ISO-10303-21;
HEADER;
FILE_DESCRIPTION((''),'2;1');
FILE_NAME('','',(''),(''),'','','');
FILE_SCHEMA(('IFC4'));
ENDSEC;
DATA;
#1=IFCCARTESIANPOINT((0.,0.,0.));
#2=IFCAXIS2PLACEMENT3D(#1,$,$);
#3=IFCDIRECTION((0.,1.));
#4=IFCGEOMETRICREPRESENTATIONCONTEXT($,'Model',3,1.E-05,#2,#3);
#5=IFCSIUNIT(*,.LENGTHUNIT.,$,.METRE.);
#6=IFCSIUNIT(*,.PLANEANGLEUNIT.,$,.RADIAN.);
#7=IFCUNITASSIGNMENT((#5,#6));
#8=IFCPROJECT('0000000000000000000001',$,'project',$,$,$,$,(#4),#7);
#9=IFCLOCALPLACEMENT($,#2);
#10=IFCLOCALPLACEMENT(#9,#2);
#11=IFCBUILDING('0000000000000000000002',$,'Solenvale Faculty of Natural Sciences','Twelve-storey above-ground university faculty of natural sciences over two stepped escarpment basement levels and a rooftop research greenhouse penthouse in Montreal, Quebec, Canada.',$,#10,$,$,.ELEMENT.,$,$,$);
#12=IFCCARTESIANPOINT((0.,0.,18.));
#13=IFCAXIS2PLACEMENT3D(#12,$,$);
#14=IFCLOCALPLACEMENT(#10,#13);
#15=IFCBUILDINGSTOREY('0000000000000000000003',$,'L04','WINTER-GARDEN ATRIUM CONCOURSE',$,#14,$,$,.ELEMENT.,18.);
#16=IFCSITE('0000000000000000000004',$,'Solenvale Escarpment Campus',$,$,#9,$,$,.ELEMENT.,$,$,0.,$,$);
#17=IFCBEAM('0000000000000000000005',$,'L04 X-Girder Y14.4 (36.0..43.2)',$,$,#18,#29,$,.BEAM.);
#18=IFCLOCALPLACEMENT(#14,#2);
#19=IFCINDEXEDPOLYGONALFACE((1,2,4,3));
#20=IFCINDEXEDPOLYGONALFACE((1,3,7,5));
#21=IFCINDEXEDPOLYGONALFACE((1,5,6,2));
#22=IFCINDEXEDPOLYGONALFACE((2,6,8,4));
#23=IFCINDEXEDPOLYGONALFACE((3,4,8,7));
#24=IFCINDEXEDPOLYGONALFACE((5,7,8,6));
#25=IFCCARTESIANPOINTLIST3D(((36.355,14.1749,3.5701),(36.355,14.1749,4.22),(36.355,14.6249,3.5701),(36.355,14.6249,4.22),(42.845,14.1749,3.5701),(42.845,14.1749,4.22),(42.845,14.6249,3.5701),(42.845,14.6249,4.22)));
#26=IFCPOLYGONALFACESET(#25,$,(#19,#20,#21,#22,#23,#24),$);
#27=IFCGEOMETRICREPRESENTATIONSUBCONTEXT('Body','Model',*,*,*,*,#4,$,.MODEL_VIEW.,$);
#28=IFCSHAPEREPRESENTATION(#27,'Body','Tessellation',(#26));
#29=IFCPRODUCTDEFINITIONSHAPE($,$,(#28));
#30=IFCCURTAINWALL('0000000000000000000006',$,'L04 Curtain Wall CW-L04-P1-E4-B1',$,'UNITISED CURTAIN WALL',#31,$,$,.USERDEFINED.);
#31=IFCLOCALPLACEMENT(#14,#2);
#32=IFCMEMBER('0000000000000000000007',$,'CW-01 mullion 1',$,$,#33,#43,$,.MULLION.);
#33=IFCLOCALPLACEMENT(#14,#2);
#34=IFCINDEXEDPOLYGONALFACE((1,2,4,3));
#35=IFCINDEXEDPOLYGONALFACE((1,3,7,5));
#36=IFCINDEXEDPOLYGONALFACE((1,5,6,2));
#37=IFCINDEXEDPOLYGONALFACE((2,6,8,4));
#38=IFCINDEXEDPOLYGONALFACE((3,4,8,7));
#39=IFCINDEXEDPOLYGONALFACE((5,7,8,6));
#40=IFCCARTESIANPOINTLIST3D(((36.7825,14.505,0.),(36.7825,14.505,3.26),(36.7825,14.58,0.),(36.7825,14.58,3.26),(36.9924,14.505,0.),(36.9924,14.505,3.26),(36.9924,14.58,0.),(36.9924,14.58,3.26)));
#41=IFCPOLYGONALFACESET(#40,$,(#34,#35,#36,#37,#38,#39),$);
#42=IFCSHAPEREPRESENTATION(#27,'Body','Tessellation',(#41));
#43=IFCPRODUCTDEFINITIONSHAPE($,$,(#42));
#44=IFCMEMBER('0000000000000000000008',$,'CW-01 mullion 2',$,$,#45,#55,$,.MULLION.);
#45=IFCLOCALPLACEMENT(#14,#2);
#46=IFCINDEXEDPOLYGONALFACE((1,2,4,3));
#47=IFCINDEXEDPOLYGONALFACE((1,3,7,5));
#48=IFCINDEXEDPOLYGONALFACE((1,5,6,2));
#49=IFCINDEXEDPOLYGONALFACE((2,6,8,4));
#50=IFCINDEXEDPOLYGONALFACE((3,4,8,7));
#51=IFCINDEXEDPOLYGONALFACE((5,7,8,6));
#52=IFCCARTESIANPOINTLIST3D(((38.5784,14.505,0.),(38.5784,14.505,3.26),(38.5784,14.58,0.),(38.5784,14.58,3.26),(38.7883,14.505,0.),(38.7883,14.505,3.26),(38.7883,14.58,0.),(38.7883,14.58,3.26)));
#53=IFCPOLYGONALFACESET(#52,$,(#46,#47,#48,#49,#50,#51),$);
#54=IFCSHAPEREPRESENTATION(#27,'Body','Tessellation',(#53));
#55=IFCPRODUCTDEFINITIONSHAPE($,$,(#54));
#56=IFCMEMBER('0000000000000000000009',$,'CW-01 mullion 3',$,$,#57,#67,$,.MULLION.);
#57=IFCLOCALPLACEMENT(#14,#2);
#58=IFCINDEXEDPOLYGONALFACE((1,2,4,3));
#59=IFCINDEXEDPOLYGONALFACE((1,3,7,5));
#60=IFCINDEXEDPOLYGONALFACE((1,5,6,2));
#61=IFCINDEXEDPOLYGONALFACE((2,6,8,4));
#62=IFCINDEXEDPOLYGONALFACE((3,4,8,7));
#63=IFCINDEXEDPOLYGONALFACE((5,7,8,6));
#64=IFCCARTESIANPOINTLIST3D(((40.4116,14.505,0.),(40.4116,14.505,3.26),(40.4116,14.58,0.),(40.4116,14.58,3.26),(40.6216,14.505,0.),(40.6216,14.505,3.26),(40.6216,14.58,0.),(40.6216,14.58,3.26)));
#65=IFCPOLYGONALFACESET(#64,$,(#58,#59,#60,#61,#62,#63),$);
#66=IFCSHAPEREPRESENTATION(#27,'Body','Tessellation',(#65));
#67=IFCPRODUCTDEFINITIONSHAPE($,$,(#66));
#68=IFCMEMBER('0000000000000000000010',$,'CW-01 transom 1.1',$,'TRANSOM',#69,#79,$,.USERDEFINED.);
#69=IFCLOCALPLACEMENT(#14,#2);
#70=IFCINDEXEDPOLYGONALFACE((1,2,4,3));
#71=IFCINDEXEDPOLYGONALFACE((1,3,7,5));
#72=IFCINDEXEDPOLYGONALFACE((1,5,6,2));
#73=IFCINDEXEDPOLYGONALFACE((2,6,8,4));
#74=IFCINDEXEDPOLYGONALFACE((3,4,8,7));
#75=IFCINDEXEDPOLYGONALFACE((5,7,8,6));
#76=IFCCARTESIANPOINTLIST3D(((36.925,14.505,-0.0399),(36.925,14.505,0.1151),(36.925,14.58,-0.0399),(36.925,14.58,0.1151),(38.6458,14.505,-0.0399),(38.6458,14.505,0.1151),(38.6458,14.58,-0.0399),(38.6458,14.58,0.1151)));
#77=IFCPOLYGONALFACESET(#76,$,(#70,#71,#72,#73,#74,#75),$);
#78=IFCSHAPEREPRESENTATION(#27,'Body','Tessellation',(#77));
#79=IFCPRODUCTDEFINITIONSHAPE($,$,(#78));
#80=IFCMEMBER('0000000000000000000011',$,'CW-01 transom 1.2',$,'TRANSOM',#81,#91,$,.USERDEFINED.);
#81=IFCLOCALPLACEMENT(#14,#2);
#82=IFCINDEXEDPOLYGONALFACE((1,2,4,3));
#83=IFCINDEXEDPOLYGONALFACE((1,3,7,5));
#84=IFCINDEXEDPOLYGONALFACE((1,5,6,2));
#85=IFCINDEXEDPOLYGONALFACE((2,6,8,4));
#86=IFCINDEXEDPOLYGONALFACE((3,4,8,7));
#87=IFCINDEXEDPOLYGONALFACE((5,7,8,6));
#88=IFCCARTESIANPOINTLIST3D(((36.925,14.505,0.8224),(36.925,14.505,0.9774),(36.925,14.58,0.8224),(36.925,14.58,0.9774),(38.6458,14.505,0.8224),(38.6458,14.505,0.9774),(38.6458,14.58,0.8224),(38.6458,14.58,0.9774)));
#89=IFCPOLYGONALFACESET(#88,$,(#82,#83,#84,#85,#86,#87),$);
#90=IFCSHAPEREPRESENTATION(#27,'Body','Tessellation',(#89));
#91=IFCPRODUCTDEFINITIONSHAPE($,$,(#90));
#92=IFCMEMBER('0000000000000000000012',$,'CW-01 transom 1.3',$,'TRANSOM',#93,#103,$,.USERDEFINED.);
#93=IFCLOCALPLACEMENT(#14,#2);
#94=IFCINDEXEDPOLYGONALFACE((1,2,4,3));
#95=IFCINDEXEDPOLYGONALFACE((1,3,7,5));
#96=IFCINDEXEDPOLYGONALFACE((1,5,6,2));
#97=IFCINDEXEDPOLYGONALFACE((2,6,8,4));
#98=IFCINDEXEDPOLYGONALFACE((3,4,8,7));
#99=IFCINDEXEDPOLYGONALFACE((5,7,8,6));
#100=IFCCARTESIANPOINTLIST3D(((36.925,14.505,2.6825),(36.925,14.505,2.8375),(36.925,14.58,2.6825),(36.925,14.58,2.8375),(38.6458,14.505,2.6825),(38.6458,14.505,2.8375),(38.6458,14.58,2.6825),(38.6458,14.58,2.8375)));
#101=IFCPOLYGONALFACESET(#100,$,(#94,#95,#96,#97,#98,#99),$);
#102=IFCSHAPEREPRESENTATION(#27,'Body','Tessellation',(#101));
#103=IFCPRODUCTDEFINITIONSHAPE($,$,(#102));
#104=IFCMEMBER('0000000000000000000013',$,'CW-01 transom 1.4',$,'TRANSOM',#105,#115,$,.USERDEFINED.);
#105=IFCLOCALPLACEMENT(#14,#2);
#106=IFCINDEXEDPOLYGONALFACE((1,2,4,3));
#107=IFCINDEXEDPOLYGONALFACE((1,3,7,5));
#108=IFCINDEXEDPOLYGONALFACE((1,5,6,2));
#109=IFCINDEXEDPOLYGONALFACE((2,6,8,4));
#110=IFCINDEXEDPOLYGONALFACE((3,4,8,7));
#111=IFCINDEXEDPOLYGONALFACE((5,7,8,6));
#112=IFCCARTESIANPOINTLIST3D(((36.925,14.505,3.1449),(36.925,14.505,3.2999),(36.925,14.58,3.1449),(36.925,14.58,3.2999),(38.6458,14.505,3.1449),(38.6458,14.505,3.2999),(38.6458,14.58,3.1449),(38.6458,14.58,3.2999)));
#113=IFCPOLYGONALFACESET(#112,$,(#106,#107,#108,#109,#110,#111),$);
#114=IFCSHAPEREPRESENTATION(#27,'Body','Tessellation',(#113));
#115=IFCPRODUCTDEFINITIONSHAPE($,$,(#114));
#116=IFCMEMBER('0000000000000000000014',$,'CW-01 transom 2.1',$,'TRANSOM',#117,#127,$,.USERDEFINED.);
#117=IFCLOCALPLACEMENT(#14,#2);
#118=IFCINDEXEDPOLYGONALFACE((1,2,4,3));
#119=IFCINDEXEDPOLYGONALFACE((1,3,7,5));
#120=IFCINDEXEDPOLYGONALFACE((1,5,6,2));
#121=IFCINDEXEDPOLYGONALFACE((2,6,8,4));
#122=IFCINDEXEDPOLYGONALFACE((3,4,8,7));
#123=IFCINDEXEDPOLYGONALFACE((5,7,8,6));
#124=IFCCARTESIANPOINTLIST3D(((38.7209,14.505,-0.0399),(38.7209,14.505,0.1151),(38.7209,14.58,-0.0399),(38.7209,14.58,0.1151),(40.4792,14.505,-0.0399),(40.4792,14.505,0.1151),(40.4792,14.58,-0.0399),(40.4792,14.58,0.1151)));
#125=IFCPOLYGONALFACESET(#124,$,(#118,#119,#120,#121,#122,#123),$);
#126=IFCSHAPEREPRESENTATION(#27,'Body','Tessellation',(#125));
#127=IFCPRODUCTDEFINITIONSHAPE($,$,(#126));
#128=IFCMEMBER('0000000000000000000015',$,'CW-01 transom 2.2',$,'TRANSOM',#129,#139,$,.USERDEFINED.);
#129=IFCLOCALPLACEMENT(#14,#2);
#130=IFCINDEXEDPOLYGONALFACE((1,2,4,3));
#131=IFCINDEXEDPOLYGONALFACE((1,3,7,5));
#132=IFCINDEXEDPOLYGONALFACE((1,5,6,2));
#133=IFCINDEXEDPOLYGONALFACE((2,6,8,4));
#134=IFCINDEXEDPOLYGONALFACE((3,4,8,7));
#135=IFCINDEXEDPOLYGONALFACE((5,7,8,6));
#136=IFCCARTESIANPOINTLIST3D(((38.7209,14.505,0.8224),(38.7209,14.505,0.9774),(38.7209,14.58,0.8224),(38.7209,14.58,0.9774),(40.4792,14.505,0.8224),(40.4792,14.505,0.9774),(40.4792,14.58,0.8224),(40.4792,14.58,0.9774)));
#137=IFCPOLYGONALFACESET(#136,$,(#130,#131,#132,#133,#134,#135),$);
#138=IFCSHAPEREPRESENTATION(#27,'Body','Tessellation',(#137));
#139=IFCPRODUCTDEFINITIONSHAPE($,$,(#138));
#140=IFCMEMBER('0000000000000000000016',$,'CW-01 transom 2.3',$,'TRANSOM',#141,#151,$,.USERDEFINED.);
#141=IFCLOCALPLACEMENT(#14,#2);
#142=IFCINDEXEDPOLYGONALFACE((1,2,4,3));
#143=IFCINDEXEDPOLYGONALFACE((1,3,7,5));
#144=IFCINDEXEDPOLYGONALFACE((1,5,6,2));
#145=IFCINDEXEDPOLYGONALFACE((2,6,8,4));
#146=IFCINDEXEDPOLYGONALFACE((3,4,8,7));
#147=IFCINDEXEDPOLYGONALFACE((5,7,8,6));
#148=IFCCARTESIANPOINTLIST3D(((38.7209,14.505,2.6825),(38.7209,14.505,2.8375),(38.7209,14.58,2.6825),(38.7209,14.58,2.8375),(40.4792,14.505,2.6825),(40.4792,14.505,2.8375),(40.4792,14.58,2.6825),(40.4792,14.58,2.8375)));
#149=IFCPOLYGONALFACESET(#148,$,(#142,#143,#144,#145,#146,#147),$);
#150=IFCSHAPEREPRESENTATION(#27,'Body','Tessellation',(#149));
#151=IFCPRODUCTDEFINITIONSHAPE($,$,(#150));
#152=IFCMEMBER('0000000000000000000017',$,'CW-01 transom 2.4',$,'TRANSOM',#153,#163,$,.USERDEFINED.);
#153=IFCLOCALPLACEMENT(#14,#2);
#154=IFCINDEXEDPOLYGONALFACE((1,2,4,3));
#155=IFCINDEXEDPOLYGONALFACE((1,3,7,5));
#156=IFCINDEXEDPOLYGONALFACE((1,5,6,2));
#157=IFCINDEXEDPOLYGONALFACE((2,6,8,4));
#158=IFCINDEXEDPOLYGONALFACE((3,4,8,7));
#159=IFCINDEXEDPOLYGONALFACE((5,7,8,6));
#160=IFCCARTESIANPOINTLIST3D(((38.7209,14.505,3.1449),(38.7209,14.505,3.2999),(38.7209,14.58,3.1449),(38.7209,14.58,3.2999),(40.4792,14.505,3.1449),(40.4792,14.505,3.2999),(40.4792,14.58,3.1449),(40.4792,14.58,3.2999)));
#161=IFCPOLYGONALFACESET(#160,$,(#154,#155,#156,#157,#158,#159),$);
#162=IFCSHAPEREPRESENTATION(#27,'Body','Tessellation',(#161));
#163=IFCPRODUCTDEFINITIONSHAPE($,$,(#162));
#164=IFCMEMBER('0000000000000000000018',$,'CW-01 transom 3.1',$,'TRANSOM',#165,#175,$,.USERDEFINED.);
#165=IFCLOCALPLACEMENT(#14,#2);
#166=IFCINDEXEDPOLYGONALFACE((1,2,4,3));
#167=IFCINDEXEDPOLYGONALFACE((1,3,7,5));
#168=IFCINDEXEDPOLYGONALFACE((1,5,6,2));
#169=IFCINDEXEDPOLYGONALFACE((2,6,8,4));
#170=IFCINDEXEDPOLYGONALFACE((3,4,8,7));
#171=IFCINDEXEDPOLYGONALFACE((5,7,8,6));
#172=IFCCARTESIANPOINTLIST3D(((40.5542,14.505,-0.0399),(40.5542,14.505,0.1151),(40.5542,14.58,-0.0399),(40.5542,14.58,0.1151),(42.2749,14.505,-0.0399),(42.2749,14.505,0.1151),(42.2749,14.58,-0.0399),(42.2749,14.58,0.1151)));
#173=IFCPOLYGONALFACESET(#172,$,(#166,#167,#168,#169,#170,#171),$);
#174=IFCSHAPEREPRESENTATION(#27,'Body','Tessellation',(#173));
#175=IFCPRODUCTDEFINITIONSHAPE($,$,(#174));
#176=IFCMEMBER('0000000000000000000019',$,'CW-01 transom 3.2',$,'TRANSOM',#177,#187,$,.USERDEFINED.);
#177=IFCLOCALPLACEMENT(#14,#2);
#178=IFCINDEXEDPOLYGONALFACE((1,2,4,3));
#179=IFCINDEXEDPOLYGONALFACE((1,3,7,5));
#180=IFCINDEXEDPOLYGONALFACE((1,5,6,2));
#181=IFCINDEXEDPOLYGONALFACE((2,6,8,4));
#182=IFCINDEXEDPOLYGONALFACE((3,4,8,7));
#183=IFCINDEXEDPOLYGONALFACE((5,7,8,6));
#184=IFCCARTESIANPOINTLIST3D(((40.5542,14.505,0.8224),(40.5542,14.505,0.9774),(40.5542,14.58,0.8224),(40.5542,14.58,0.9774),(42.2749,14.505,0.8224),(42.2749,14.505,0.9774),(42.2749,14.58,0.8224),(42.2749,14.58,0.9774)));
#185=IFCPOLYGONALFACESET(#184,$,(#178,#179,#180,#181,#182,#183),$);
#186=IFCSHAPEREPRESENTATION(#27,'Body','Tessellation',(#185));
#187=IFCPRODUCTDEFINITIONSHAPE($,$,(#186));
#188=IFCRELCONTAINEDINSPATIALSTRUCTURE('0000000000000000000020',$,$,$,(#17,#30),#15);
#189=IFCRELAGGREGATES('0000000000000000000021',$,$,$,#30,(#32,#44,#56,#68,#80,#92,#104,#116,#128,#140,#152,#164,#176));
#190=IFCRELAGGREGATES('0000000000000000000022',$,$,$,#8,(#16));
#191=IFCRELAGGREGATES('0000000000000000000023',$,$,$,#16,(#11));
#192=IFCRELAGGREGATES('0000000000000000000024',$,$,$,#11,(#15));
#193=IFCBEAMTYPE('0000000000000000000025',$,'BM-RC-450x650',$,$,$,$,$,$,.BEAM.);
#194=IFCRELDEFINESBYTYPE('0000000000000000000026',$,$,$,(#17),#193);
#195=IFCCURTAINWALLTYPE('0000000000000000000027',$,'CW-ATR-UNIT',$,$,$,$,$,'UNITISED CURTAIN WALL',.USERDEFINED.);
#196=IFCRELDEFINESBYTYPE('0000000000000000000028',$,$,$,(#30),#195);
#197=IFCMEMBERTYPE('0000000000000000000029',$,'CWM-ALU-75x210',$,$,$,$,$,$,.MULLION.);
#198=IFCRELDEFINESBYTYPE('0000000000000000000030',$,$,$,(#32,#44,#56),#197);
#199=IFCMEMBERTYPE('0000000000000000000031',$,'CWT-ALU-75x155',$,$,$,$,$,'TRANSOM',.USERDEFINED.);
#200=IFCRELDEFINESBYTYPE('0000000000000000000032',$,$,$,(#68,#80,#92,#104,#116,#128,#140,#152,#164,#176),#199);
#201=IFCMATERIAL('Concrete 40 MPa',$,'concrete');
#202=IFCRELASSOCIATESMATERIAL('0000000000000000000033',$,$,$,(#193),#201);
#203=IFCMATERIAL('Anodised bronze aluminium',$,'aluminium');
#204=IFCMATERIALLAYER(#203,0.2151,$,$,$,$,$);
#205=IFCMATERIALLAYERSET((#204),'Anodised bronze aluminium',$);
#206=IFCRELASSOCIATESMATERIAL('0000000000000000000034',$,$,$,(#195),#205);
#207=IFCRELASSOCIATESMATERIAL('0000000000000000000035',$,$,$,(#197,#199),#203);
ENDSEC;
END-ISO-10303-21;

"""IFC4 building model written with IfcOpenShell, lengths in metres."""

from ifc_helpers import new_model, si_unit, direction, frame, origin, origin_2d, place, context, subcontext, project, spatial, rectangle, extrude, material, layer, layer_set, material_profile, profile_set, type_object, element, aggregate, save


model = new_model("IFC4")

# Units and contexts
model_context = context("Model", 3, precision=1e-05, world=origin(), true_north=direction((0.0, 1.0)))
body_context = subcontext(model_context, "Body", "Model", "MODEL_VIEW")
ifc_project = project(units=[si_unit("LENGTHUNIT", "METRE"), si_unit("PLANEANGLEUNIT", "RADIAN")], contexts=[model_context])

# Site, building, storey
site_placement = place(None, origin())
site = spatial("IfcSite", under=ifc_project, at=site_placement, Name="Solenvale Escarpment Campus", CompositionType="ELEMENT", RefElevation=0.0)
building_placement = place(site_placement, origin())
building = spatial("IfcBuilding", under=site, at=building_placement, Name="Solenvale Faculty of Natural Sciences", Description="Twelve-storey above-ground university faculty of natural sciences over two stepped escarpment basement levels and a rooftop research greenhouse penthouse in Montreal, Quebec, Canada.", CompositionType="ELEMENT")
storey_placement = place(building_placement, frame((0.0, 0.0, 18.0)))
storey = spatial("IfcBuildingStorey", under=building, at=storey_placement, Name="L04", Description="WINTER-GARDEN ATRIUM CONCOURSE", CompositionType="ELEMENT", Elevation=18.0)

# Beam
ifc_material_1 = material(Name="Concrete 40 MPa", Category="concrete")
ifc_material_profile_1 = material_profile(ifc_material_1, rectangle(XDim=0.45, YDim=0.6499, at=origin_2d()), Name="RC-BM-450x650")
ifc_profile_set_1 = profile_set([ifc_material_profile_1], Name="Concrete 40 MPa")
beam_type = type_object("IfcBeamType", Name="BM-RC-450x650", PredefinedType="BEAM", material=ifc_profile_set_1)
beam_placement = place(storey_placement, frame((36.355, 14.3999, 3.895), z_axis=(1.0, 0.0, 0.0), x_axis=(0.0, 1.0, 0.0)))
element("IfcBeam", 1, at=beam_placement, inside=storey, type_object=beam_type, Name="L04 X-Girder Y14.4 (36.0..43.2)", PredefinedType="BEAM", context=body_context, shape_type="SweptSolid", body=[
    extrude(rectangle(XDim=0.45, YDim=0.6499, at=origin_2d()), origin(), (0.0, 0.0, 1.0), 6.49),
])

# Curtain wall, members
ifc_material_2 = material(Name="Anodised bronze aluminium", Category="aluminium")
ifc_layer_1 = layer(ifc_material_2, 0.2151)
ifc_layer_set_1 = layer_set([ifc_layer_1], Name="Anodised bronze aluminium")
curtain_wall_type = type_object("IfcCurtainWallType", Name="CW-ATR-UNIT", ElementType="UNITISED CURTAIN WALL", PredefinedType="USERDEFINED", material=ifc_layer_set_1)
curtain_wall_placement = place(storey_placement, origin())
curtain_wall = element("IfcCurtainWall", 2, at=curtain_wall_placement, inside=storey, type_object=curtain_wall_type, Name="L04 Curtain Wall CW-L04-P1-E4-B1", ObjectType="UNITISED CURTAIN WALL", PredefinedType="USERDEFINED")
ifc_material_profile_2 = material_profile(ifc_material_2, rectangle(XDim=0.075, YDim=0.21, at=origin_2d()), Name="ALU-MUL-75x210")
ifc_profile_set_2 = profile_set([ifc_material_profile_2], Name="Anodised bronze aluminium")
member_type_1 = type_object("IfcMemberType", Name="CWM-ALU-75x210", PredefinedType="MULLION", material=ifc_profile_set_2)
member_1_placement = place(storey_placement, frame((36.8875, 14.5425, 0.0), z_axis=(0.0, 0.0, 1.0), x_axis=(0.0, 1.0, 0.0)))
member_1 = element("IfcMember", 3, at=member_1_placement, type_object=member_type_1, Name="CW-01 mullion 1", PredefinedType="MULLION", context=body_context, shape_type="SweptSolid", body=[
    extrude(rectangle(XDim=0.075, YDim=0.21, at=origin_2d()), origin(), (0.0, 0.0, 1.0), 3.26),
])
member_2_placement = place(storey_placement, frame((38.6833, 14.5425, 0.0), z_axis=(0.0, 0.0, 1.0), x_axis=(0.0, 1.0, 0.0)))
member_2 = element("IfcMember", 4, at=member_2_placement, type_object=member_type_1, Name="CW-01 mullion 2", PredefinedType="MULLION", context=body_context, shape_type="SweptSolid", body=[
    extrude(rectangle(XDim=0.075, YDim=0.21, at=origin_2d()), origin(), (0.0, 0.0, 1.0), 3.26),
])
member_3_placement = place(storey_placement, frame((40.5166, 14.5425, 0.0), z_axis=(0.0, 0.0, 1.0), x_axis=(0.0, 1.0, 0.0)))
member_3 = element("IfcMember", 5, at=member_3_placement, type_object=member_type_1, Name="CW-01 mullion 3", PredefinedType="MULLION", context=body_context, shape_type="SweptSolid", body=[
    extrude(rectangle(XDim=0.075, YDim=0.21, at=origin_2d()), origin(), (0.0, 0.0, 1.0), 3.26),
])
ifc_material_profile_3 = material_profile(ifc_material_2, rectangle(XDim=0.075, YDim=0.155, at=origin_2d()), Name="ALU-TRN-75x155")
ifc_profile_set_3 = profile_set([ifc_material_profile_3], Name="Anodised bronze aluminium")
member_type_2 = type_object("IfcMemberType", Name="CWT-ALU-75x155", ElementType="TRANSOM", PredefinedType="USERDEFINED", material=ifc_profile_set_3)
member_4_placement = place(storey_placement, frame((36.925, 14.5425, 0.0376), z_axis=(1.0, 0.0, 0.0), x_axis=(0.0, 1.0, 0.0)))
member_4 = element("IfcMember", 6, at=member_4_placement, type_object=member_type_2, Name="CW-01 transom 1.1", ObjectType="TRANSOM", PredefinedType="USERDEFINED", context=body_context, shape_type="SweptSolid", body=[
    extrude(rectangle(XDim=0.075, YDim=0.155, at=origin_2d()), origin(), (0.0, 0.0, 1.0), 1.7207),
])
member_5_placement = place(storey_placement, frame((36.925, 14.5425, 0.8999), z_axis=(1.0, 0.0, 0.0), x_axis=(0.0, 1.0, 0.0)))
member_5 = element("IfcMember", 7, at=member_5_placement, type_object=member_type_2, Name="CW-01 transom 1.2", ObjectType="TRANSOM", PredefinedType="USERDEFINED", context=body_context, shape_type="SweptSolid", body=[
    extrude(rectangle(XDim=0.075, YDim=0.155, at=origin_2d()), origin(), (0.0, 0.0, 1.0), 1.7207),
])
member_6_placement = place(storey_placement, frame((36.925, 14.5425, 2.76), z_axis=(1.0, 0.0, 0.0), x_axis=(0.0, 1.0, 0.0)))
member_6 = element("IfcMember", 8, at=member_6_placement, type_object=member_type_2, Name="CW-01 transom 1.3", ObjectType="TRANSOM", PredefinedType="USERDEFINED", context=body_context, shape_type="SweptSolid", body=[
    extrude(rectangle(XDim=0.075, YDim=0.155, at=origin_2d()), origin(), (0.0, 0.0, 1.0), 1.7207),
])
member_7_placement = place(storey_placement, frame((36.925, 14.5425, 3.2224), z_axis=(1.0, 0.0, 0.0), x_axis=(0.0, 1.0, 0.0)))
member_7 = element("IfcMember", 9, at=member_7_placement, type_object=member_type_2, Name="CW-01 transom 1.4", ObjectType="TRANSOM", PredefinedType="USERDEFINED", context=body_context, shape_type="SweptSolid", body=[
    extrude(rectangle(XDim=0.075, YDim=0.155, at=origin_2d()), origin(), (0.0, 0.0, 1.0), 1.7207),
])
member_8_placement = place(storey_placement, frame((38.7209, 14.5425, 0.0376), z_axis=(1.0, 0.0, 0.0), x_axis=(0.0, 1.0, 0.0)))
member_8 = element("IfcMember", 10, at=member_8_placement, type_object=member_type_2, Name="CW-01 transom 2.1", ObjectType="TRANSOM", PredefinedType="USERDEFINED", context=body_context, shape_type="SweptSolid", body=[
    extrude(rectangle(XDim=0.075, YDim=0.155, at=origin_2d()), origin(), (0.0, 0.0, 1.0), 1.7583),
])
member_9_placement = place(storey_placement, frame((38.7209, 14.5425, 0.8999), z_axis=(1.0, 0.0, 0.0), x_axis=(0.0, 1.0, 0.0)))
member_9 = element("IfcMember", 11, at=member_9_placement, type_object=member_type_2, Name="CW-01 transom 2.2", ObjectType="TRANSOM", PredefinedType="USERDEFINED", context=body_context, shape_type="SweptSolid", body=[
    extrude(rectangle(XDim=0.075, YDim=0.155, at=origin_2d()), origin(), (0.0, 0.0, 1.0), 1.7583),
])
member_10_placement = place(storey_placement, frame((38.7209, 14.5425, 2.76), z_axis=(1.0, 0.0, 0.0), x_axis=(0.0, 1.0, 0.0)))
member_10 = element("IfcMember", 12, at=member_10_placement, type_object=member_type_2, Name="CW-01 transom 2.3", ObjectType="TRANSOM", PredefinedType="USERDEFINED", context=body_context, shape_type="SweptSolid", body=[
    extrude(rectangle(XDim=0.075, YDim=0.155, at=origin_2d()), origin(), (0.0, 0.0, 1.0), 1.7583),
])
member_11_placement = place(storey_placement, frame((38.7209, 14.5425, 3.2224), z_axis=(1.0, 0.0, 0.0), x_axis=(0.0, 1.0, 0.0)))
member_11 = element("IfcMember", 13, at=member_11_placement, type_object=member_type_2, Name="CW-01 transom 2.4", ObjectType="TRANSOM", PredefinedType="USERDEFINED", context=body_context, shape_type="SweptSolid", body=[
    extrude(rectangle(XDim=0.075, YDim=0.155, at=origin_2d()), origin(), (0.0, 0.0, 1.0), 1.7583),
])
member_12_placement = place(storey_placement, frame((40.5542, 14.5425, 0.0376), z_axis=(1.0, 0.0, 0.0), x_axis=(0.0, 1.0, 0.0)))
member_12 = element("IfcMember", 14, at=member_12_placement, type_object=member_type_2, Name="CW-01 transom 3.1", ObjectType="TRANSOM", PredefinedType="USERDEFINED", context=body_context, shape_type="SweptSolid", body=[
    extrude(rectangle(XDim=0.075, YDim=0.155, at=origin_2d()), origin(), (0.0, 0.0, 1.0), 1.7207),
])
member_13_placement = place(storey_placement, frame((40.5542, 14.5425, 0.8999), z_axis=(1.0, 0.0, 0.0), x_axis=(0.0, 1.0, 0.0)))
member_13 = element("IfcMember", 15, at=member_13_placement, type_object=member_type_2, Name="CW-01 transom 3.2", ObjectType="TRANSOM", PredefinedType="USERDEFINED", context=body_context, shape_type="SweptSolid", body=[
    extrude(rectangle(XDim=0.075, YDim=0.155, at=origin_2d()), origin(), (0.0, 0.0, 1.0), 1.7207),
])
aggregate(curtain_wall, [member_1, member_2, member_3, member_4, member_5, member_6, member_7, member_8, member_9, member_10, member_11, member_12, member_13])

save(model, "model.ifc")
